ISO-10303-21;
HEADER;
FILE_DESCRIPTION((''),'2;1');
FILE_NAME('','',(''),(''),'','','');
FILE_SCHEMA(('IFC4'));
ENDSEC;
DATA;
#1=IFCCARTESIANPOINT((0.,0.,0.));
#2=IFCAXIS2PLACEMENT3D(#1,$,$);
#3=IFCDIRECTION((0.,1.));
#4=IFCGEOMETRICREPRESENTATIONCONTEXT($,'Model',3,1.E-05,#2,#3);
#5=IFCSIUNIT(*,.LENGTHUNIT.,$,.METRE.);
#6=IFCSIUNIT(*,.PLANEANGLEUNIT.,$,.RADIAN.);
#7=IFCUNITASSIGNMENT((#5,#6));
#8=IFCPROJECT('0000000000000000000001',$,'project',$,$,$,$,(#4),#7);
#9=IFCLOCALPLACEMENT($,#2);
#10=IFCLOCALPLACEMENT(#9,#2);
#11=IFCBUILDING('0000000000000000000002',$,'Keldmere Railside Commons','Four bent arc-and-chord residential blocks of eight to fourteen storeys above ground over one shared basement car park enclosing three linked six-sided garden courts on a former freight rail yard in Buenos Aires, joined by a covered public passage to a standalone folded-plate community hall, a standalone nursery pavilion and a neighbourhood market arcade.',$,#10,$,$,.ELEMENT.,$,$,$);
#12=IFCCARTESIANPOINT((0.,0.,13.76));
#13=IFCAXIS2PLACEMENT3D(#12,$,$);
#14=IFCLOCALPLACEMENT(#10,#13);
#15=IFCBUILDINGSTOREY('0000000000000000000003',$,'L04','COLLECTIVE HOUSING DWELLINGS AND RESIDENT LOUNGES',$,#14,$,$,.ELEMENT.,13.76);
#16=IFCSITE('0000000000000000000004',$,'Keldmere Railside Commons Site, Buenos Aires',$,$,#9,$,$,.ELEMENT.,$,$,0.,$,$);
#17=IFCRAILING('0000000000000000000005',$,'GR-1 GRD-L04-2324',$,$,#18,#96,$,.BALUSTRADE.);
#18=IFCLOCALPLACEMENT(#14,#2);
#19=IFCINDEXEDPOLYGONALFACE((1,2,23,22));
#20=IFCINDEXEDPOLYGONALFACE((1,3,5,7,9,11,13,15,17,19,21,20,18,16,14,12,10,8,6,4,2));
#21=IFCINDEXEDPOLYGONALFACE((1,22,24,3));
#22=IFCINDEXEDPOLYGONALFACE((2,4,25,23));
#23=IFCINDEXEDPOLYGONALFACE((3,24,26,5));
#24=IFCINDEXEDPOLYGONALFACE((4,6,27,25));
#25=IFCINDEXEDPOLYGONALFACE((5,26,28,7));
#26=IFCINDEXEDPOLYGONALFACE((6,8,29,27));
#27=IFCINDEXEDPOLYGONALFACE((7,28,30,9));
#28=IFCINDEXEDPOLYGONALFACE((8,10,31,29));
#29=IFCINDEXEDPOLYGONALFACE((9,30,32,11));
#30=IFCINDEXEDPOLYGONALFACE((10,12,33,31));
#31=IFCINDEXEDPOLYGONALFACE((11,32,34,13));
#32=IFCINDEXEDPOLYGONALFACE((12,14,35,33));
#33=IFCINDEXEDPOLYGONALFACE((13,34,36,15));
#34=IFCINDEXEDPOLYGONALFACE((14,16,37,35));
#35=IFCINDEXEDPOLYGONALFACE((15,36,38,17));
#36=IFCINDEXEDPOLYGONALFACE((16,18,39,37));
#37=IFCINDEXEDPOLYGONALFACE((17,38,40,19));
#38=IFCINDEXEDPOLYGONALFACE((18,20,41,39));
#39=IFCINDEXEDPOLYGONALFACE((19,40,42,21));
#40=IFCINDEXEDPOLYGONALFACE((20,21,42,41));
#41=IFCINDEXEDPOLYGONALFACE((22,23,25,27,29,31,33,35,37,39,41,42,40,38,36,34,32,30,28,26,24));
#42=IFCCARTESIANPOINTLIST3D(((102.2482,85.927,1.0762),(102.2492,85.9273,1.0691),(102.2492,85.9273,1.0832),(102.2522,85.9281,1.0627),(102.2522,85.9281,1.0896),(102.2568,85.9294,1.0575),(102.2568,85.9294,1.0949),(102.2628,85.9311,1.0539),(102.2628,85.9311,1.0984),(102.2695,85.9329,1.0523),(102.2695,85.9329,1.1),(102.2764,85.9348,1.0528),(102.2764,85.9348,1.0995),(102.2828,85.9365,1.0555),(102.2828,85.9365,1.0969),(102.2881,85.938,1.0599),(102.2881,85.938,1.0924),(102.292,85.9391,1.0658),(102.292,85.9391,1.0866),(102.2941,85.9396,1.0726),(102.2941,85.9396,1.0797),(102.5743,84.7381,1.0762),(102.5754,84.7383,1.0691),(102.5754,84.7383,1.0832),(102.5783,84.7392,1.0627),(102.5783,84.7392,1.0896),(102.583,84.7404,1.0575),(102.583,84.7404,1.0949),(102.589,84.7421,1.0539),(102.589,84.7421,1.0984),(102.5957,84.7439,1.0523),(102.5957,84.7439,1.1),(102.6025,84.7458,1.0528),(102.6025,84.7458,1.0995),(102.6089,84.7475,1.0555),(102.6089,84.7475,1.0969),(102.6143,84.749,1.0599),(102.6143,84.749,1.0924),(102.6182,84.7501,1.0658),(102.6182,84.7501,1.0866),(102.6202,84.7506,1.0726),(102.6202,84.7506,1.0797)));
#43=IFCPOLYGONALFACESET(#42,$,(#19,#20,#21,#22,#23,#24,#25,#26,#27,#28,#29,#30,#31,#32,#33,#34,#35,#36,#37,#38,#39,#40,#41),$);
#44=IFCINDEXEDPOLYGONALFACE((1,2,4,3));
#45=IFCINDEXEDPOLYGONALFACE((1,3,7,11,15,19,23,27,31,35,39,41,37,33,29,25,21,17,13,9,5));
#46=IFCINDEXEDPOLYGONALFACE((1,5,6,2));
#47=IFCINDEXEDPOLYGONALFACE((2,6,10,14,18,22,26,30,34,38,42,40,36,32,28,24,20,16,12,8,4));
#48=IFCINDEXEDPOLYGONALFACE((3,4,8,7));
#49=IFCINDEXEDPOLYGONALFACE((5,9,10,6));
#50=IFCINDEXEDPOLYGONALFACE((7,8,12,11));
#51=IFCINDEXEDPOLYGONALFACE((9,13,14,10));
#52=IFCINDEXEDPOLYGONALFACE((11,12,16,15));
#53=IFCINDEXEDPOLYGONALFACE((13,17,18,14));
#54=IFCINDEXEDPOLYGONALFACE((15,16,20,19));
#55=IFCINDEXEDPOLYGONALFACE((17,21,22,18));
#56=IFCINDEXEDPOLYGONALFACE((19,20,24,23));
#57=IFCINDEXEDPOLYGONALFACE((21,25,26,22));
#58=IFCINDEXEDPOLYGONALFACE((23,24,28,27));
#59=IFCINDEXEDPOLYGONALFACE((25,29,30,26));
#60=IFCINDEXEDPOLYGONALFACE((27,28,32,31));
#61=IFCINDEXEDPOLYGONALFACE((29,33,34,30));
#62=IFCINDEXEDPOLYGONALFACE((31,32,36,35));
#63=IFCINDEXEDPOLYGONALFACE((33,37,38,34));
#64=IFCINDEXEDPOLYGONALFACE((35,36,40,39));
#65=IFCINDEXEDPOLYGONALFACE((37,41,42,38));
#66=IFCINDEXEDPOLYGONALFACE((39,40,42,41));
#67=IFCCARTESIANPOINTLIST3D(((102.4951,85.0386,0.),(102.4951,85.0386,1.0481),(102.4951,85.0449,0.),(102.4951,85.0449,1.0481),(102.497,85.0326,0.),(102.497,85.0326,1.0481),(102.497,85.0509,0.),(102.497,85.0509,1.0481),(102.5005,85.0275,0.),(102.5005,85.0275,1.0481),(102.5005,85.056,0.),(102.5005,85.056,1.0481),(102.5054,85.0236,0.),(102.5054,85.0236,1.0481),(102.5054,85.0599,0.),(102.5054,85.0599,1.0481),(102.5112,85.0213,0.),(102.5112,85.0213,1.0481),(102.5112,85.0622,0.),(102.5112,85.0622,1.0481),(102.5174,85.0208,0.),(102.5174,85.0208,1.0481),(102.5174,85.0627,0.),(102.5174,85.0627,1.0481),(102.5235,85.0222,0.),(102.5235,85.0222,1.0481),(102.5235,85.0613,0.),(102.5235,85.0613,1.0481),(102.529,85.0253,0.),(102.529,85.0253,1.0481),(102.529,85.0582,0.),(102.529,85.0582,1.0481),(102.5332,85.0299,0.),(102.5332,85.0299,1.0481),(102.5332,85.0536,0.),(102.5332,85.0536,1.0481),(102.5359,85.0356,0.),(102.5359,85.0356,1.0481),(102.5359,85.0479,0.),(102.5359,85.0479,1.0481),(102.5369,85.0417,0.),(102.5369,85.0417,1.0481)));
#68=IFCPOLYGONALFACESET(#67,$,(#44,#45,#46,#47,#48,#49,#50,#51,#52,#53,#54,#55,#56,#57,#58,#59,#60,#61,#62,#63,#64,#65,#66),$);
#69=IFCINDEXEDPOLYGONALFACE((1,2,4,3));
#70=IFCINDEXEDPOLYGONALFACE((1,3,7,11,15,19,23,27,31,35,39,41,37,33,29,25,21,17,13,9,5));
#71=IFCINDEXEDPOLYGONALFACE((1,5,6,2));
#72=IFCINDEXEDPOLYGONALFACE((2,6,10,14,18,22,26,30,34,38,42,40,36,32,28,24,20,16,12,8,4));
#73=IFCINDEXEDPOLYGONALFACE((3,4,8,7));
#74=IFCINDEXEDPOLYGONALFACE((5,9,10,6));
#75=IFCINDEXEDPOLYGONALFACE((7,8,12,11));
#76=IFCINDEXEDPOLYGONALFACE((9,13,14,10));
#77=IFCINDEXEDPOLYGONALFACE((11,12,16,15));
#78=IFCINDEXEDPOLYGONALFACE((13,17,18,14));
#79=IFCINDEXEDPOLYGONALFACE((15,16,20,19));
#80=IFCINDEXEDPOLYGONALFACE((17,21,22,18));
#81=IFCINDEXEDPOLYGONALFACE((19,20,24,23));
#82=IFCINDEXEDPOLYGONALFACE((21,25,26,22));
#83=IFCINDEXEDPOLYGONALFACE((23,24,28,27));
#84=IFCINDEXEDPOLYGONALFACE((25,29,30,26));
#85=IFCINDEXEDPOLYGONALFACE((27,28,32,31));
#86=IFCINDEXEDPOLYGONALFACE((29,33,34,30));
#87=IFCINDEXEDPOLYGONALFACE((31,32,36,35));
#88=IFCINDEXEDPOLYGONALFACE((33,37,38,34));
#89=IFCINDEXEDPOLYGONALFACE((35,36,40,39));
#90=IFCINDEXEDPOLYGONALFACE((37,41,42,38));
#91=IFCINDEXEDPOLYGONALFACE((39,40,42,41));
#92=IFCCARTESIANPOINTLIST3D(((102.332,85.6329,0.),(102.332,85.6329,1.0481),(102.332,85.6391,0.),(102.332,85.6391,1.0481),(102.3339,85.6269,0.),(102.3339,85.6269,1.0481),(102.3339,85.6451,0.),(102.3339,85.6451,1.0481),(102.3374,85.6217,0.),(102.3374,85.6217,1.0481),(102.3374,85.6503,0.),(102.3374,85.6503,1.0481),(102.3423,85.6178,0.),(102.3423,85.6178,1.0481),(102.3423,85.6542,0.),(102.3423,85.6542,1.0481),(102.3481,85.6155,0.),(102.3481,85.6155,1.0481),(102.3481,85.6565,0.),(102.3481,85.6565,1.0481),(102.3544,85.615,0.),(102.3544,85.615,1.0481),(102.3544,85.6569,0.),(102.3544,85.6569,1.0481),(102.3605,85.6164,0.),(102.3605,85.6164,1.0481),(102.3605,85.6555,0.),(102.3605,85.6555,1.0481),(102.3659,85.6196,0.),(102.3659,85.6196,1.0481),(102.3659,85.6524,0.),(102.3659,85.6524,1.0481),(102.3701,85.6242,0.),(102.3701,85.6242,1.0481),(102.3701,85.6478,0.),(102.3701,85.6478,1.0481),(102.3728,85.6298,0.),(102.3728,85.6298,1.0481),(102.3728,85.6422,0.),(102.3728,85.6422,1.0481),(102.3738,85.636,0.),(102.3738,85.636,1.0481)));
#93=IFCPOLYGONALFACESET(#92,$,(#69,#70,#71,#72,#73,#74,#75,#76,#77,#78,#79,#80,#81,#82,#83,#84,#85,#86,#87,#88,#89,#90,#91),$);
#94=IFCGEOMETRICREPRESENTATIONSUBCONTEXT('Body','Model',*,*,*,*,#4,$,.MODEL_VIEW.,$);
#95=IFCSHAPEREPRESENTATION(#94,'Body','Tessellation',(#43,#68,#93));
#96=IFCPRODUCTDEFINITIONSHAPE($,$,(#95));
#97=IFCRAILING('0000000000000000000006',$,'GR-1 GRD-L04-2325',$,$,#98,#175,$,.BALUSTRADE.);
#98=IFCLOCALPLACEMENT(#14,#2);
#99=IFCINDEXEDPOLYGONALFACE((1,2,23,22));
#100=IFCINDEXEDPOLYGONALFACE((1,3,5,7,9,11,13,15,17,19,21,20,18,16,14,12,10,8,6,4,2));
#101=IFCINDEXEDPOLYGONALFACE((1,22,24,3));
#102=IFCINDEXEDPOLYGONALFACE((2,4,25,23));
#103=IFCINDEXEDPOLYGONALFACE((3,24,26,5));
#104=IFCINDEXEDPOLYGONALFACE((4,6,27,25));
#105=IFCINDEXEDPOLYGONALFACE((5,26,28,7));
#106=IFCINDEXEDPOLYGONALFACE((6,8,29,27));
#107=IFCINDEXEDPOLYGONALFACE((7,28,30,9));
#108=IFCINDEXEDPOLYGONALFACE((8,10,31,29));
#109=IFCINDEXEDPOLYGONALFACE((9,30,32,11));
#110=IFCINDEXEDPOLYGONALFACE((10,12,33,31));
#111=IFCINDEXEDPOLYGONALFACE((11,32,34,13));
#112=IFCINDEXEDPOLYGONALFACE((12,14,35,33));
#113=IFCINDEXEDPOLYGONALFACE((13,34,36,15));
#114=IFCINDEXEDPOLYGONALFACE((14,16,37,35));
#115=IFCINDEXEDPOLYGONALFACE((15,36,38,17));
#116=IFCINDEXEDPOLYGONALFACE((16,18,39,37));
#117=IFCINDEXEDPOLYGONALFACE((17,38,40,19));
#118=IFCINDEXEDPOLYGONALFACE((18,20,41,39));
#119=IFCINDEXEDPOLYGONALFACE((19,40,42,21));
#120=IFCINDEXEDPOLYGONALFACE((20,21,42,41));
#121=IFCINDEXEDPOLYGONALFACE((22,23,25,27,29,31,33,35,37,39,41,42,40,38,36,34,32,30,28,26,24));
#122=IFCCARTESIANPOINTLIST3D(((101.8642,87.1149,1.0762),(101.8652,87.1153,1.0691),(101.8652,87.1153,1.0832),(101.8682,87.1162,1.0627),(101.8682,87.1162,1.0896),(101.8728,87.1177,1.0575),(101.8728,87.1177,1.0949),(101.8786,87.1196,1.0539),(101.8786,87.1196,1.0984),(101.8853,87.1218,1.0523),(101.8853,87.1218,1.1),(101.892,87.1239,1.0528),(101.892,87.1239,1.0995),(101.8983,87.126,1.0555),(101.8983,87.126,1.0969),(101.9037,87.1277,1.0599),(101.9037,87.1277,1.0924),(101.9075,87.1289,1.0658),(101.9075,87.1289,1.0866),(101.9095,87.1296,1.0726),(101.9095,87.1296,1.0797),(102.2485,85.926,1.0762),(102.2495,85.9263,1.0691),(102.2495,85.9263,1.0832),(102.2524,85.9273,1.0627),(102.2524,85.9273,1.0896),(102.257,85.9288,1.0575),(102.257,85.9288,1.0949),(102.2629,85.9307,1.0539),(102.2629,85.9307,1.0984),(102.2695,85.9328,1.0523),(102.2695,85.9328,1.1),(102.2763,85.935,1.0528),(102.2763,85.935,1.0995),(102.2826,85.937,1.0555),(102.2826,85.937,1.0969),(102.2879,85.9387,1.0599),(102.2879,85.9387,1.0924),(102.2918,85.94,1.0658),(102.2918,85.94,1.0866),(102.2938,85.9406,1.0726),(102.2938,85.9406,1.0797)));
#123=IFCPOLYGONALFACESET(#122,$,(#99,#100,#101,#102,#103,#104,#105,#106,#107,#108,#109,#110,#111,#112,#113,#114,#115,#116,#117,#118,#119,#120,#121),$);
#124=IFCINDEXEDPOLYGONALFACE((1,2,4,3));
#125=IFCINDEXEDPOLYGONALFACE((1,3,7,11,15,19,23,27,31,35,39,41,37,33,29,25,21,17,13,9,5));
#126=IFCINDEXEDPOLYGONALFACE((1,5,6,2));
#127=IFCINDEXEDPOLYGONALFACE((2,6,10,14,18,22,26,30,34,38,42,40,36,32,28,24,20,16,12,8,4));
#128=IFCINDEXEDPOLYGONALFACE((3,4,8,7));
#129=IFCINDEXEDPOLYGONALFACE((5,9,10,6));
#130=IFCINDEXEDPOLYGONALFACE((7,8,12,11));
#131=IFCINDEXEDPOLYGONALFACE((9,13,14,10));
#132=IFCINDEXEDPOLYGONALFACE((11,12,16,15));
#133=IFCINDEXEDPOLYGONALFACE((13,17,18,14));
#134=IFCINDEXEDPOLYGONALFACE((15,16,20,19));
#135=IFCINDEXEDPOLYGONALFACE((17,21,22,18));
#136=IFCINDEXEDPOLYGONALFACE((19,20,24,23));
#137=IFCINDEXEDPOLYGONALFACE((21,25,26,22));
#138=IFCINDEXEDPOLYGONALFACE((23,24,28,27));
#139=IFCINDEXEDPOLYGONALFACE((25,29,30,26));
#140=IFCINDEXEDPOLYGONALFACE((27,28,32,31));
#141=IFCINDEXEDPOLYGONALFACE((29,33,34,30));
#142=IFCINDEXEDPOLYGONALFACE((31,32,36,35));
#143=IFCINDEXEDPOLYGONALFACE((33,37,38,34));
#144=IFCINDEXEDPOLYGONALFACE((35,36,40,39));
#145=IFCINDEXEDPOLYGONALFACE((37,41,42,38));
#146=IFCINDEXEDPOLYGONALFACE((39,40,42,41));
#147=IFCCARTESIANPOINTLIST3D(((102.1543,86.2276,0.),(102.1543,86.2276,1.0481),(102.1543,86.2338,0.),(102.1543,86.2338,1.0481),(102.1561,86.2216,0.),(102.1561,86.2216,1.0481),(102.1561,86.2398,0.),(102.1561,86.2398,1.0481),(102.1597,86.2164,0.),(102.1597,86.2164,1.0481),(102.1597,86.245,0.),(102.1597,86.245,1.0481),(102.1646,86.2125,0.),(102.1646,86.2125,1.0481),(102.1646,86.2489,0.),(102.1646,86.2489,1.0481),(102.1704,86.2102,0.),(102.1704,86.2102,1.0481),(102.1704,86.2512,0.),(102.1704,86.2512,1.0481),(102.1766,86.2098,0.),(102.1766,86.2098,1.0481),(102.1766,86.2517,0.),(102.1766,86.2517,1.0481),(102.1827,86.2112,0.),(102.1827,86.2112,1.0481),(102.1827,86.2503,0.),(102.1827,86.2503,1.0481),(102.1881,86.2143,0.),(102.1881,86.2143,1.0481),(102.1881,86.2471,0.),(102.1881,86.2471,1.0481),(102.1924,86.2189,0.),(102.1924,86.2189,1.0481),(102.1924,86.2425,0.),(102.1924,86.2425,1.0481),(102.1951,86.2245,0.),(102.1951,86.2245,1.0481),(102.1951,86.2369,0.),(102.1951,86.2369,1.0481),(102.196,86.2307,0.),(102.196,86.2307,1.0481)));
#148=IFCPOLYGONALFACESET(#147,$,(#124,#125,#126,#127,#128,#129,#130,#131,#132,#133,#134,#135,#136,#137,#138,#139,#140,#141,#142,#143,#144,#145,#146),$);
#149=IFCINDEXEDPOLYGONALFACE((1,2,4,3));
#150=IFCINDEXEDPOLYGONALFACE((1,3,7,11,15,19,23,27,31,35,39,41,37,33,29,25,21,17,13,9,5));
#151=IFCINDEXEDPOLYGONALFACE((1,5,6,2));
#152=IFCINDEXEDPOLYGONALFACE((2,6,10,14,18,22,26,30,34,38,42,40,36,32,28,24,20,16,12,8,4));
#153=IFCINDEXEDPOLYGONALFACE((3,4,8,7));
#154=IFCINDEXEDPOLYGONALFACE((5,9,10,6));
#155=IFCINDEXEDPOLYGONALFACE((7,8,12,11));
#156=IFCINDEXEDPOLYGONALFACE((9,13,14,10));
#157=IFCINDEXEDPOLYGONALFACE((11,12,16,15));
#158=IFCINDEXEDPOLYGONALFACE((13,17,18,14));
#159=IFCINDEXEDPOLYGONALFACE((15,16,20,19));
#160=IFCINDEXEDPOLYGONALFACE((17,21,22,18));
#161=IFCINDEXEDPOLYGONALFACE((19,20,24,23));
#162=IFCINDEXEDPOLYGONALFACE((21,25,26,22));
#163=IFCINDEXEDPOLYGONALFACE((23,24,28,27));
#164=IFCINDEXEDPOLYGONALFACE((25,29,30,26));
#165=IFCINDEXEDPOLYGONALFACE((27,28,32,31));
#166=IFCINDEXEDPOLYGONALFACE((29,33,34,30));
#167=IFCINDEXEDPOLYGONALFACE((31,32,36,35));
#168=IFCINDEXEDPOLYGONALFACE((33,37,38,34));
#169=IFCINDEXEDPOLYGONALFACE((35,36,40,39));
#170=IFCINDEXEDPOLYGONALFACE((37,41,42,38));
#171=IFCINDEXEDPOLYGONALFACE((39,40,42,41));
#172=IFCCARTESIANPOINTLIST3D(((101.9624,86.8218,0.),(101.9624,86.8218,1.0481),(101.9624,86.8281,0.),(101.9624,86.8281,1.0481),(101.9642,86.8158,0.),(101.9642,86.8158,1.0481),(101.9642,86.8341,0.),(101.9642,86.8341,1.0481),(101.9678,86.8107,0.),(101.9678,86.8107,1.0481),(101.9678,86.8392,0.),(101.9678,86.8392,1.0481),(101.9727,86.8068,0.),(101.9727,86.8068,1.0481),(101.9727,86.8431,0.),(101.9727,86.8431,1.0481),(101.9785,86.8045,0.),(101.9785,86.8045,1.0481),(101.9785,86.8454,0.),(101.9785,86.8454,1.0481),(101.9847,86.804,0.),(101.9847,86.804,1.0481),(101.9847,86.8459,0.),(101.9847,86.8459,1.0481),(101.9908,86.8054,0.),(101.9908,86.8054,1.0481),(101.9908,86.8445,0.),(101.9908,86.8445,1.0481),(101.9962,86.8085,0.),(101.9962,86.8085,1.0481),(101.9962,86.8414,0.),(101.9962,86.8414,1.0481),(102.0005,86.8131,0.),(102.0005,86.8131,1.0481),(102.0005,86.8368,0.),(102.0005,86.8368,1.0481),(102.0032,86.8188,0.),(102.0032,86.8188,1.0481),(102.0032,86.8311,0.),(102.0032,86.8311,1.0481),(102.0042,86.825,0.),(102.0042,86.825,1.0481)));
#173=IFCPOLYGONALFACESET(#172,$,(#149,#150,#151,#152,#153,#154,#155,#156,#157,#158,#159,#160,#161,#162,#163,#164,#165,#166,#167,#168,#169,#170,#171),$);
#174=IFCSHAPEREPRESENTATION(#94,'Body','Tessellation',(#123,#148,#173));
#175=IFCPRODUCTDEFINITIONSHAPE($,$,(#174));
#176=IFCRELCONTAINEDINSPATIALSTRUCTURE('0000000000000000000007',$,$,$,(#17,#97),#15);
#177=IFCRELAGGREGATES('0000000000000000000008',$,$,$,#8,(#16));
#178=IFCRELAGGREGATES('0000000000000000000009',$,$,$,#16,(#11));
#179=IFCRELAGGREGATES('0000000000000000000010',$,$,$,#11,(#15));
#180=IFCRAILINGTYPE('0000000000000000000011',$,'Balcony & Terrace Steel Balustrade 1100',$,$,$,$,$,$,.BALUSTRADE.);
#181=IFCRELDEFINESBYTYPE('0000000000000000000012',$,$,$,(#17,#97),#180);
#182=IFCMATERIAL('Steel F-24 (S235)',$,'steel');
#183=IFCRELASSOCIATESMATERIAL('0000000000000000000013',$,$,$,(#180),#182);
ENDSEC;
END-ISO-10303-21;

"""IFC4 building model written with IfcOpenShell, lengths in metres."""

from ifc_helpers import new_model, si_unit, direction, frame, origin, origin_2d, place, context, subcontext, project, spatial, circle, extrude, material, type_object, element, save


model = new_model("IFC4")

# Units and contexts
model_context = context("Model", 3, precision=1e-05, world=origin(), true_north=direction((0.0, 1.0)))
body_context = subcontext(model_context, "Body", "Model", "MODEL_VIEW")
ifc_project = project(units=[si_unit("LENGTHUNIT", "METRE"), si_unit("PLANEANGLEUNIT", "RADIAN")], contexts=[model_context])

# Site, building, storey
site_placement = place(None, origin())
site = spatial("IfcSite", under=ifc_project, at=site_placement, Name="Keldmere Railside Commons Site, Buenos Aires", CompositionType="ELEMENT", RefElevation=0.0)
building_placement = place(site_placement, origin())
building = spatial("IfcBuilding", under=site, at=building_placement, Name="Keldmere Railside Commons", Description="Four bent arc-and-chord residential blocks of eight to fourteen storeys above ground over one shared basement car park enclosing three linked six-sided garden courts on a former freight rail yard in Buenos Aires, joined by a covered public passage to a standalone folded-plate community hall, a standalone nursery pavilion and a neighbourhood market arcade.", CompositionType="ELEMENT")
storey_placement = place(building_placement, frame((0.0, 0.0, 13.76)))
storey = spatial("IfcBuildingStorey", under=building, at=storey_placement, Name="L04", Description="COLLECTIVE HOUSING DWELLINGS AND RESIDENT LOUNGES", CompositionType="ELEMENT", Elevation=13.76)

# Shared definitions
ifc_material_1 = material(Name="Steel F-24 (S235)", Category="steel")

# Railings
railing_type = type_object("IfcRailingType", Name="Balcony & Terrace Steel Balustrade 1100", PredefinedType="BALUSTRADE", material=ifc_material_1)
railing_1_placement = place(storey_placement, frame((102.5974, 84.7444, 0.0)))
element("IfcRailing", 1, at=railing_1_placement, inside=storey, type_object=railing_type, Name="GR-1 GRD-L04-2324", PredefinedType="BALUSTRADE", context=body_context, shape_type="SweptSolid", body=[
    extrude(circle(Radius=0.0239, at=origin_2d()), frame((0.0, 0.0, 1.0762), z_axis=(-0.264558, 0.96437, 0.0), x_axis=(-0.96437, -0.264558, 0.0)), (0.0, 0.0, 1.0), 1.2329),
    extrude(circle(Radius=0.021, at=origin_2d()), frame((-0.0815, 0.2974, 0.0)), (0.0, 0.0, 1.0), 1.0481),
    extrude(circle(Radius=0.021, at=origin_2d()), frame((-0.2446, 0.8916, 0.0)), (0.0, 0.0, 1.0), 1.0481),
])
railing_2_placement = place(storey_placement, frame((102.2712, 85.9333, 0.0)))
element("IfcRailing", 2, at=railing_2_placement, inside=storey, type_object=railing_type, Name="GR-1 GRD-L04-2325", PredefinedType="BALUSTRADE", context=body_context, shape_type="SweptSolid", body=[
    extrude(circle(Radius=0.0239, at=origin_2d()), frame((0.0, 0.0, 1.0762), z_axis=(-0.307539, 0.951535, 0.0), x_axis=(-0.951535, -0.307539, 0.0)), (0.0, 0.0, 1.0), 1.2495),
    extrude(circle(Radius=0.021, at=origin_2d()), frame((-0.0962, 0.2974, 0.0)), (0.0, 0.0, 1.0), 1.0481),
    extrude(circle(Radius=0.021, at=origin_2d()), frame((-0.2881, 0.8916, 0.0)), (0.0, 0.0, 1.0), 1.0481),
])

save(model, "model.ifc")
